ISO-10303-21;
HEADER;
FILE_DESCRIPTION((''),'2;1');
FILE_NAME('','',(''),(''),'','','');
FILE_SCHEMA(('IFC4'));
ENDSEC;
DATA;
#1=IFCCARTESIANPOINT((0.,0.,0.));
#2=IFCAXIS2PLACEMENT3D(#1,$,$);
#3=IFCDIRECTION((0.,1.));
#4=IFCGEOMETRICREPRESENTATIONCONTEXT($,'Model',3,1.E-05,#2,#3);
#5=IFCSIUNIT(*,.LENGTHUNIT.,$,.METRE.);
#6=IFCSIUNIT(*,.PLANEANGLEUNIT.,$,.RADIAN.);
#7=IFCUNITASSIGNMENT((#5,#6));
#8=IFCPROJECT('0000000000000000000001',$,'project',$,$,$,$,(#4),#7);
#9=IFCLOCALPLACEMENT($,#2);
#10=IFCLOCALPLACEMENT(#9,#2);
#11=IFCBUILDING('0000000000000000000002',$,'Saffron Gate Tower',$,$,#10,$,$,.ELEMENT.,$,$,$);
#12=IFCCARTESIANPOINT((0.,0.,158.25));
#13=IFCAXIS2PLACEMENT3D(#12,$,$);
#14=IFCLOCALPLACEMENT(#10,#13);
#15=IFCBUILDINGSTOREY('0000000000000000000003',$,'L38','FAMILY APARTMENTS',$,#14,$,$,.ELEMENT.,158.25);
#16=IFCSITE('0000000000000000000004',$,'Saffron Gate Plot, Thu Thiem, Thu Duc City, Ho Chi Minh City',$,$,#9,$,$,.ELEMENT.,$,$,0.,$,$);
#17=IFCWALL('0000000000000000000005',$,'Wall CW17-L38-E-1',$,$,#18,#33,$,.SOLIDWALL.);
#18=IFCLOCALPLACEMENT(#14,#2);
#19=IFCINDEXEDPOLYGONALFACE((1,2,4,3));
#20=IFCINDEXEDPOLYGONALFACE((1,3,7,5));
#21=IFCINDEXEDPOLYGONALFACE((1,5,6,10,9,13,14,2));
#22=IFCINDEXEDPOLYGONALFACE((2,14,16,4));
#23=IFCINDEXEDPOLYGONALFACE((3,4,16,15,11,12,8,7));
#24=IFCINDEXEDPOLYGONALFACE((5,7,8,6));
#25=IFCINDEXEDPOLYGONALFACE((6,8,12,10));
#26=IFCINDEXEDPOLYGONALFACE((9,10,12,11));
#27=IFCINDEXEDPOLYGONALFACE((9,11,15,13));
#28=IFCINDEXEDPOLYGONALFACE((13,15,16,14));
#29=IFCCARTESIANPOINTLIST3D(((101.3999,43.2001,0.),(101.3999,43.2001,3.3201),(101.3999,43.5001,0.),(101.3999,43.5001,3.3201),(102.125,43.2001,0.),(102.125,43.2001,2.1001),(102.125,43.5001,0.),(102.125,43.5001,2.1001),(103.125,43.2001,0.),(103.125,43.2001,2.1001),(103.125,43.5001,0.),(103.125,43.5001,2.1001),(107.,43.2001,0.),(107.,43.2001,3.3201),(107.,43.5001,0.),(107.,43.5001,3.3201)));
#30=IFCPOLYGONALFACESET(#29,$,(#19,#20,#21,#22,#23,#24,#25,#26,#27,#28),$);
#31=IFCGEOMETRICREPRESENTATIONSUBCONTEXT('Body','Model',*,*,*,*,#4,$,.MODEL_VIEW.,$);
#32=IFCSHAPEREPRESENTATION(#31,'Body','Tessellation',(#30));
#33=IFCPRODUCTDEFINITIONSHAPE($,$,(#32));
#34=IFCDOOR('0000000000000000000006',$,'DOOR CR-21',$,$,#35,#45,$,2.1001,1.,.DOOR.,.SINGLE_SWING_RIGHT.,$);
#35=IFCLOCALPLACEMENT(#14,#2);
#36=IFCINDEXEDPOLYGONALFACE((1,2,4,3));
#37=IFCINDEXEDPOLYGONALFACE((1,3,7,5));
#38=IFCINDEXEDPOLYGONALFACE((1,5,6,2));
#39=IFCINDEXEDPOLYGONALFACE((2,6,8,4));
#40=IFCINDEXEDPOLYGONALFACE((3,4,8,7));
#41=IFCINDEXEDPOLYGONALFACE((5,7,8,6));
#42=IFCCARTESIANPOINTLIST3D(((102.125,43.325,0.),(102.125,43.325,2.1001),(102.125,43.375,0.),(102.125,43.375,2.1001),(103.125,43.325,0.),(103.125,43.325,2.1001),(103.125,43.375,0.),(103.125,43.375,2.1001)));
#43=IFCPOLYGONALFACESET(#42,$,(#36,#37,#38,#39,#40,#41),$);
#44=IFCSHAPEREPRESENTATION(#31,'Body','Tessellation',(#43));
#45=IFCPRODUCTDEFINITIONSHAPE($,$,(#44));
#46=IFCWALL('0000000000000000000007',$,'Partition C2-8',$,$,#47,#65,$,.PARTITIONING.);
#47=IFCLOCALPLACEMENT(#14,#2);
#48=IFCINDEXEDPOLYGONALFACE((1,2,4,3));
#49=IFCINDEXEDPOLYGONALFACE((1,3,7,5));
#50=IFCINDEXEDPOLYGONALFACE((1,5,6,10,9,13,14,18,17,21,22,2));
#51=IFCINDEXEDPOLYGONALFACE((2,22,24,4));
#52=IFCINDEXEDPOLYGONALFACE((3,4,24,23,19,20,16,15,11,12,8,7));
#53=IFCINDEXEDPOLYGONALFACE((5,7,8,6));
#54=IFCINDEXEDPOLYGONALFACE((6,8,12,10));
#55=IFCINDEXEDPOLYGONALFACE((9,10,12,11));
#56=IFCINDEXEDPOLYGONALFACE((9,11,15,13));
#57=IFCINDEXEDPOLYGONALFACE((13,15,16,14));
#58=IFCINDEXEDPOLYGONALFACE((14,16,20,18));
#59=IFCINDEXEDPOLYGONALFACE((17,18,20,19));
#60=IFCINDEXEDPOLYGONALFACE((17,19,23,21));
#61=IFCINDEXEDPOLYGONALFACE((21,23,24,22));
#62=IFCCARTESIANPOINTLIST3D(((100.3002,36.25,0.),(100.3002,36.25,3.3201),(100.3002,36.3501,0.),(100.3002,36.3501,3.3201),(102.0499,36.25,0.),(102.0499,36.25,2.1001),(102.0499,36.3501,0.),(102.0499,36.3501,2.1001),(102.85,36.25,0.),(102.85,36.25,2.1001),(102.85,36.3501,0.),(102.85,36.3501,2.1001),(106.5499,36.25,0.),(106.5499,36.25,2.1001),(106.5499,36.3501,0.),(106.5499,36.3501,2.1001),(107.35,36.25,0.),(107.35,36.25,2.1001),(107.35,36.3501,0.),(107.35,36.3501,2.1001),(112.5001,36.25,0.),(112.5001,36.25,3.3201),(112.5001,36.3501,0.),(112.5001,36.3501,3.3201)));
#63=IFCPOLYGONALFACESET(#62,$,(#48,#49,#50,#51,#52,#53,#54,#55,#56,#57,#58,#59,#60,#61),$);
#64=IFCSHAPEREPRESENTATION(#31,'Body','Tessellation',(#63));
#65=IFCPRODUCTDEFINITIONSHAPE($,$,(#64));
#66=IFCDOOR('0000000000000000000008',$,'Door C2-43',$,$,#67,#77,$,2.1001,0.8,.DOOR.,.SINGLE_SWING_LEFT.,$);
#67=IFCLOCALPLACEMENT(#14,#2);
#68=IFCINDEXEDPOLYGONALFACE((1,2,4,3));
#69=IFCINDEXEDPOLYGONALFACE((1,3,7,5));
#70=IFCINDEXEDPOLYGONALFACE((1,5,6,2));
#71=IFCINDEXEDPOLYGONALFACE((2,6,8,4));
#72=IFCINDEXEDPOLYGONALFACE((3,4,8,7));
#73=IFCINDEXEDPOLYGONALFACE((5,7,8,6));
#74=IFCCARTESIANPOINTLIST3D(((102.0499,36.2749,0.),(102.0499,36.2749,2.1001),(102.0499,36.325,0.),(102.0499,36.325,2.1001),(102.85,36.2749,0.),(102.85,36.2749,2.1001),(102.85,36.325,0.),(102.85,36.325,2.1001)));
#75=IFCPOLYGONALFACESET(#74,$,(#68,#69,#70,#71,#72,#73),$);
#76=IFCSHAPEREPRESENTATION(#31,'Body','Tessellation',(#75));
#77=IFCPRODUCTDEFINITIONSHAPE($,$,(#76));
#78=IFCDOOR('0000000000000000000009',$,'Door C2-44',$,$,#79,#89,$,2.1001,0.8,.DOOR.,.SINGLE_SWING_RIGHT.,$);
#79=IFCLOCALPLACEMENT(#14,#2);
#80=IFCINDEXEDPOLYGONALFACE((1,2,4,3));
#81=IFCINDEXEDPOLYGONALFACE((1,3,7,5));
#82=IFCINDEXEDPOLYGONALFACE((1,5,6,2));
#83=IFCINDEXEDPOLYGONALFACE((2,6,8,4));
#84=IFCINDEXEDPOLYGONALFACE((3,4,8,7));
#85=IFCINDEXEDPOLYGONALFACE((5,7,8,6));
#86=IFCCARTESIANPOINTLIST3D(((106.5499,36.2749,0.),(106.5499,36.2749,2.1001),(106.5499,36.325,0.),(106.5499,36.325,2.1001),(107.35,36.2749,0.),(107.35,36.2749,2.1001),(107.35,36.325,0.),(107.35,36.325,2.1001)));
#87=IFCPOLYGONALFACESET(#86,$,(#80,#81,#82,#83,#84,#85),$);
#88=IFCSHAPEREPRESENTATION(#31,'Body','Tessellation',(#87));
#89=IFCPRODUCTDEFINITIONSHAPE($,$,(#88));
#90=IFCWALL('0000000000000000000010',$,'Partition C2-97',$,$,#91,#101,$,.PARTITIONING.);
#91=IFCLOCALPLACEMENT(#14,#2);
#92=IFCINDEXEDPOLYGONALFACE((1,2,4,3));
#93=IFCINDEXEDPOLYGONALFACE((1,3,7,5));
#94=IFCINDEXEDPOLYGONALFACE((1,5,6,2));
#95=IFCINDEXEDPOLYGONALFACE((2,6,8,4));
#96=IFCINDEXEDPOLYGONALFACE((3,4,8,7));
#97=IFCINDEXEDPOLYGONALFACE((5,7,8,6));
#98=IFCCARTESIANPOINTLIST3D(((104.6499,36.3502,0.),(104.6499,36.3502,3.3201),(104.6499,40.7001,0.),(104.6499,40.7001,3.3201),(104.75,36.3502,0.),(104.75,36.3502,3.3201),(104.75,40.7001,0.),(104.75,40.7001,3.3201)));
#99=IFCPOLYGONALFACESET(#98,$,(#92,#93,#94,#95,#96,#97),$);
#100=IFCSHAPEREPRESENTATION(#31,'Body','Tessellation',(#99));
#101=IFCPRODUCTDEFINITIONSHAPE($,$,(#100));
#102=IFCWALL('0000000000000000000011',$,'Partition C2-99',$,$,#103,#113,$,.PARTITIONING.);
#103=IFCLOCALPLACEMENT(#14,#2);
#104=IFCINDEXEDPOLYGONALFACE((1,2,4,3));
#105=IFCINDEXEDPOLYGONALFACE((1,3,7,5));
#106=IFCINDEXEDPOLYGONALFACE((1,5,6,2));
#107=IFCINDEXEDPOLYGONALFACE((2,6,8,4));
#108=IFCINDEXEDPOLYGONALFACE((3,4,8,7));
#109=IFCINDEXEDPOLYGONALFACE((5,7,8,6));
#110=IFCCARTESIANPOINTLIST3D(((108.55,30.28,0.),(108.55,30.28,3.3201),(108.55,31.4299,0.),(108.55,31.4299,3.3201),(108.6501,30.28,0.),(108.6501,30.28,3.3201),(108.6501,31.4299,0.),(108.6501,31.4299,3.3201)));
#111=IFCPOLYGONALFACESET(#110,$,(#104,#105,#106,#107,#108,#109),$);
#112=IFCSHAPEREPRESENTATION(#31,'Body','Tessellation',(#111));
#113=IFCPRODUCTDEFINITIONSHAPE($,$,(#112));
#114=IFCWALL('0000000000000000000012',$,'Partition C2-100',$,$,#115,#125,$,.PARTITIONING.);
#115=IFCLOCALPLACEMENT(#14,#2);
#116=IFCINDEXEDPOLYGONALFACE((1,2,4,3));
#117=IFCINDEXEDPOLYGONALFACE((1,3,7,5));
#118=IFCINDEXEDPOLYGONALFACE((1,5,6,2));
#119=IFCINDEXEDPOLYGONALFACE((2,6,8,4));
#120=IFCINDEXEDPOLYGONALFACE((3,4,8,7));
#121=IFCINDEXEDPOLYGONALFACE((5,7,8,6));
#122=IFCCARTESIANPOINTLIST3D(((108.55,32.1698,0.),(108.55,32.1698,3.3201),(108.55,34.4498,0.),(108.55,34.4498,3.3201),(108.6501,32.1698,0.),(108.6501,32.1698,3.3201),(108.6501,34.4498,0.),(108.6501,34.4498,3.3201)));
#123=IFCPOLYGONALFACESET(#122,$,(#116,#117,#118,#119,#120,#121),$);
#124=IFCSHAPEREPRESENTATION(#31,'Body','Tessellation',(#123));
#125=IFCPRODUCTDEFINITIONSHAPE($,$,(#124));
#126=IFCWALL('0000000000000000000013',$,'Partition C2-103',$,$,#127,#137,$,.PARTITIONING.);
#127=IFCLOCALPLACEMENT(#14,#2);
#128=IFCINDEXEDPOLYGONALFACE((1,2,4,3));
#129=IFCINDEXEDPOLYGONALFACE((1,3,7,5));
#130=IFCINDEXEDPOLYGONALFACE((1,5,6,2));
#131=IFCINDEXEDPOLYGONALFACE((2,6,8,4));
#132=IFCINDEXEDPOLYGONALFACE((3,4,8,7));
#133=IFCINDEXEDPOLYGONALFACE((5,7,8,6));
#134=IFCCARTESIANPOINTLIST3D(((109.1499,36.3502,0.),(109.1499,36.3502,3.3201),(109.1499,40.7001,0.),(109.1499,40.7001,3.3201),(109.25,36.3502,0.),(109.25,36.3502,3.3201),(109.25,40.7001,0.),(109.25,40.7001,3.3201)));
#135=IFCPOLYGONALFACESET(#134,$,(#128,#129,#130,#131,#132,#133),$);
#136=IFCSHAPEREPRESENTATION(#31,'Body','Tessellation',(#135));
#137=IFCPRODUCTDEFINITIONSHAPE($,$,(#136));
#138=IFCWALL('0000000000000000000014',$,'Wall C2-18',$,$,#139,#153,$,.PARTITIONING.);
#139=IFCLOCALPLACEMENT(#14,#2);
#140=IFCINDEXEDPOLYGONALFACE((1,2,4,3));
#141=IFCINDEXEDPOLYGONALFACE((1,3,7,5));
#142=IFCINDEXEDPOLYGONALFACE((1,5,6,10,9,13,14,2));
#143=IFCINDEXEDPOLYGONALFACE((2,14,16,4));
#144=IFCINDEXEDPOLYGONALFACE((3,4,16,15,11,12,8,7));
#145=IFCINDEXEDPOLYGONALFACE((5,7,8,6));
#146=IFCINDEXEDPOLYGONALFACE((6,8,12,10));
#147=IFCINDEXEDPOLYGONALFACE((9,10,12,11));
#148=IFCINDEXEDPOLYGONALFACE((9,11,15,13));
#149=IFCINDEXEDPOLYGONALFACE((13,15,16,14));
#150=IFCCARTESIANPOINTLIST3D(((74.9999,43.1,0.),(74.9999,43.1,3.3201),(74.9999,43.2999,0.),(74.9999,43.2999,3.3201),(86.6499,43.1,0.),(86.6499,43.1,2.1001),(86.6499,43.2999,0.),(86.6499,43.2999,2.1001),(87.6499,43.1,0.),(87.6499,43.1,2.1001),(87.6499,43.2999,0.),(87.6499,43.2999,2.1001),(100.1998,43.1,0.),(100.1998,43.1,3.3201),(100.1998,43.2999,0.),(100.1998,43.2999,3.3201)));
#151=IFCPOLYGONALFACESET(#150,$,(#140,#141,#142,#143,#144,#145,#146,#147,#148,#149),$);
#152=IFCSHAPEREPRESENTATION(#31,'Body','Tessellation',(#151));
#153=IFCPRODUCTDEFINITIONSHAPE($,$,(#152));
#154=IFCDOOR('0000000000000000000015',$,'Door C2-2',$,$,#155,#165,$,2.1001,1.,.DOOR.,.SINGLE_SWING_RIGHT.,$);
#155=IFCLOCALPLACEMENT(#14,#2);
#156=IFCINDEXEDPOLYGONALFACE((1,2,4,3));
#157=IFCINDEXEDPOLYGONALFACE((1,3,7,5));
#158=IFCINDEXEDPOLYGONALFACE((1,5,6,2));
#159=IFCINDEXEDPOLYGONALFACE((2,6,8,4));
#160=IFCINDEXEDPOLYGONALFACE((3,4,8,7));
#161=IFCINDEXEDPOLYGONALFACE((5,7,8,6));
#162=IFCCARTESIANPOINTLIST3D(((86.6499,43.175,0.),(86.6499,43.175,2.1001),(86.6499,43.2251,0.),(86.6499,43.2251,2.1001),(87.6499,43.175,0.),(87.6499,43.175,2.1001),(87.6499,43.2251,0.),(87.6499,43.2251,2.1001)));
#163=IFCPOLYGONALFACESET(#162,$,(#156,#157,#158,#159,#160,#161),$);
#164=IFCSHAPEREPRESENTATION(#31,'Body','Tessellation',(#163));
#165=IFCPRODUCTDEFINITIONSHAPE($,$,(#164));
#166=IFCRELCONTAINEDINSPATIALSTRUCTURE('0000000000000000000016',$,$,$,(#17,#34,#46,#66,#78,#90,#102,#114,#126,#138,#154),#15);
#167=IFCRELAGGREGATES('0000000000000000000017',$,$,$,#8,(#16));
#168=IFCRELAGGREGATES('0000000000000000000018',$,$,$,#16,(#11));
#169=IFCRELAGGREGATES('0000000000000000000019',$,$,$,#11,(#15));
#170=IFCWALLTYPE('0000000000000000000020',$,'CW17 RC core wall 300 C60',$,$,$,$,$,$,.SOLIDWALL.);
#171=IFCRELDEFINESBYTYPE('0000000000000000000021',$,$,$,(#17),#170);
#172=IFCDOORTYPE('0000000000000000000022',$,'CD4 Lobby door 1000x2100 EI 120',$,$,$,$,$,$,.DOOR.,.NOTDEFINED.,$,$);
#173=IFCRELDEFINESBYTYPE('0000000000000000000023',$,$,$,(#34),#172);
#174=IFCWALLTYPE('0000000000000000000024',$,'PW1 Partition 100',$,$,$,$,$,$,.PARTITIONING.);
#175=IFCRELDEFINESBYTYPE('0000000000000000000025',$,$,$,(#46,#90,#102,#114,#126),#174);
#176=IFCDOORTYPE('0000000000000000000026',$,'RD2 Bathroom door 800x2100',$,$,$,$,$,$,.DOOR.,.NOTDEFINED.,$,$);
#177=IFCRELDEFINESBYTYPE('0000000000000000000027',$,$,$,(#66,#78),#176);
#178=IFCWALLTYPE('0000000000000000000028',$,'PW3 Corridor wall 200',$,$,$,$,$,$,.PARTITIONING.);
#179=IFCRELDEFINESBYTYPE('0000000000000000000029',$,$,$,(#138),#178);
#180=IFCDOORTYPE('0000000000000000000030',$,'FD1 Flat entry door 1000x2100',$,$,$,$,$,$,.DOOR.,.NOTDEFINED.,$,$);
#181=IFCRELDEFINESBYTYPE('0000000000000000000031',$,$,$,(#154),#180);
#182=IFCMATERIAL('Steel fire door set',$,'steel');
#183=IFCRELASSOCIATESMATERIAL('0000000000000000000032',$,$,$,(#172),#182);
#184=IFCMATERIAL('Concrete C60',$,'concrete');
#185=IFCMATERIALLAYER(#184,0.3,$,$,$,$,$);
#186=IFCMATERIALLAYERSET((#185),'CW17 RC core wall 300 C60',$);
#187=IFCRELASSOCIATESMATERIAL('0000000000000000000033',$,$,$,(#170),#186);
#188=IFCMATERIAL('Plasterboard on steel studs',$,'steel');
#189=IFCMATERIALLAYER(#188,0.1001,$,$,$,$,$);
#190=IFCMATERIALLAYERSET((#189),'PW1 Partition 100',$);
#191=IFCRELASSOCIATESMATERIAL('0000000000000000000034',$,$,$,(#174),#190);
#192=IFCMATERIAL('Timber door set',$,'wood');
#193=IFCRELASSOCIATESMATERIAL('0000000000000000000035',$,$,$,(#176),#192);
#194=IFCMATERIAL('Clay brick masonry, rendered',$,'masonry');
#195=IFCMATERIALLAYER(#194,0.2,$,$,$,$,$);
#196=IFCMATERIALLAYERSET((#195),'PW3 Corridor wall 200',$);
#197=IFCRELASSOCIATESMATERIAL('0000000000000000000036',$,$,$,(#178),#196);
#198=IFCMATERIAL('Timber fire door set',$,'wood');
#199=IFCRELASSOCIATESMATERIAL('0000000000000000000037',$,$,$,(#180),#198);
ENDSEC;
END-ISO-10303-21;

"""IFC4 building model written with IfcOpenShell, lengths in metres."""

from ifc_helpers import new_model, si_unit, direction, frame, frame_2d, origin, place, context, subcontext, project, spatial, rectangle, extrude, material, layer, layer_set, type_object, element, fill, save


model = new_model("IFC4")

# Units and contexts
model_context = context("Model", 3, precision=1e-05, world=origin(), true_north=direction((0.0, 1.0)))
body_context = subcontext(model_context, "Body", "Model", "MODEL_VIEW")
ifc_project = project(units=[si_unit("LENGTHUNIT", "METRE"), si_unit("PLANEANGLEUNIT", "RADIAN")], contexts=[model_context])

# Site, building, storey
site_placement = place(None, origin())
site = spatial("IfcSite", under=ifc_project, at=site_placement, Name="Saffron Gate Plot, Thu Thiem, Thu Duc City, Ho Chi Minh City", CompositionType="ELEMENT", RefElevation=0.0)
building_placement = place(site_placement, origin())
building = spatial("IfcBuilding", under=site, at=building_placement, Name="Saffron Gate Tower", CompositionType="ELEMENT")
storey_placement = place(building_placement, frame((0.0, 0.0, 158.25)))
storey = spatial("IfcBuildingStorey", under=building, at=storey_placement, Name="L38", Description="FAMILY APARTMENTS", CompositionType="ELEMENT", Elevation=158.25)

# Wall, opening, door
ifc_material_1 = material(Name="Steel fire door set", Category="steel")
door_type_1 = type_object("IfcDoorType", Name="CD4 Lobby door 1000x2100 EI 120", OperationType="NOTDEFINED", PredefinedType="DOOR", material=ifc_material_1)
ifc_material_2 = material(Name="Concrete C60", Category="concrete")
ifc_layer_1 = layer(ifc_material_2, 0.3)
ifc_layer_set_1 = layer_set([ifc_layer_1], Name="CW17 RC core wall 300 C60")
wall_type_1 = type_object("IfcWallType", Name="CW17 RC core wall 300 C60", PredefinedType="SOLIDWALL", material=ifc_layer_set_1)
wall_1_placement = place(storey_placement, frame((101.3999, 43.3501, 0.0), z_axis=(0.0, 0.0, 1.0), x_axis=(1.0, 0.0, 0.0)))
wall_1 = element("IfcWall", 1, at=wall_1_placement, inside=storey, type_object=wall_type_1, Name="Wall CW17-L38-E-1", PredefinedType="SOLIDWALL", context=body_context, shape_type="SweptSolid", body=[
    extrude(rectangle(XDim=5.6001, YDim=0.3, at=frame_2d((2.8, 0.0))), origin(), (0.0, 0.0, 1.0), 3.3201),
])
opening_1_placement = place(wall_1_placement, frame((0.7251, 0.0, 0.0)))
opening_1 = element("IfcOpeningElement", 2, at=opening_1_placement, cuts=wall_1, PredefinedType="OPENING", context=body_context, shape_type="SweptSolid", body=[
    extrude(rectangle(XDim=1.0, YDim=2.1001, at=frame_2d((0.5, 1.05))), frame((0.0, 0.1602, 0.0), z_axis=(0.0, -1.0, 0.0), x_axis=(1.0, 0.0, 0.0)), (0.0, 0.0, 1.0), 0.3201),
])
door_1_placement = place(opening_1_placement, origin())
door_1 = element("IfcDoor", 3, at=door_1_placement, inside=storey, type_object=door_type_1, Name="DOOR CR-21", OperationType="SINGLE_SWING_RIGHT", OverallHeight=2.1001, OverallWidth=1.0, PredefinedType="DOOR", context=body_context, shape_type="SweptSolid", body=[
    extrude(rectangle(XDim=1.0, YDim=2.1001, at=frame_2d((0.5, 1.05))), frame((0.0, 0.0249, 0.0), z_axis=(0.0, -1.0, 0.0), x_axis=(1.0, 0.0, 0.0)), (0.0, 0.0, 1.0), 0.05),
])
fill(opening_1, door_1)

# Wall, openings, doors
ifc_material_3 = material(Name="Plasterboard on steel studs", Category="steel")
ifc_layer_2 = layer(ifc_material_3, 0.1001)
ifc_layer_set_2 = layer_set([ifc_layer_2], Name="PW1 Partition 100")
wall_type_2 = type_object("IfcWallType", Name="PW1 Partition 100", PredefinedType="PARTITIONING", material=ifc_layer_set_2)
wall_2_placement = place(storey_placement, frame((100.3, 36.3, 0.0), z_axis=(0.0, 0.0, 1.0), x_axis=(1.0, 0.0, 0.0)))
wall_2 = element("IfcWall", 4, at=wall_2_placement, inside=storey, type_object=wall_type_2, Name="Partition C2-8", PredefinedType="PARTITIONING", context=body_context, shape_type="SweptSolid", body=[
    extrude(rectangle(XDim=12.2, YDim=0.1001, at=frame_2d((6.1001, 0.0))), origin(), (0.0, 0.0, 1.0), 3.3201),
])
opening_2_placement = place(wall_2_placement, frame((1.75, 0.0, 0.0)))
opening_2 = element("IfcOpeningElement", 5, at=opening_2_placement, cuts=wall_2, PredefinedType="OPENING", context=body_context, shape_type="SweptSolid", body=[
    extrude(rectangle(XDim=0.8, YDim=2.1001, at=frame_2d((0.3999, 1.05))), frame((0.0, 0.0601, 0.0), z_axis=(0.0, -1.0, 0.0), x_axis=(1.0, 0.0, 0.0)), (0.0, 0.0, 1.0), 0.1201),
])
opening_3_placement = place(wall_2_placement, frame((6.25, 0.0, 0.0)))
opening_3 = element("IfcOpeningElement", 6, at=opening_3_placement, cuts=wall_2, PredefinedType="OPENING", context=body_context, shape_type="SweptSolid", body=[
    extrude(rectangle(XDim=0.8, YDim=2.1001, at=frame_2d((0.3999, 1.05))), frame((0.0, 0.0601, 0.0), z_axis=(0.0, -1.0, 0.0), x_axis=(1.0, 0.0, 0.0)), (0.0, 0.0, 1.0), 0.1201),
])
ifc_material_4 = material(Name="Timber door set", Category="wood")
door_type_2 = type_object("IfcDoorType", Name="RD2 Bathroom door 800x2100", OperationType="NOTDEFINED", PredefinedType="DOOR", material=ifc_material_4)
door_2_placement = place(opening_2_placement, origin())
door_2 = element("IfcDoor", 7, at=door_2_placement, inside=storey, type_object=door_type_2, Name="Door C2-43", OperationType="SINGLE_SWING_LEFT", OverallHeight=2.1001, OverallWidth=0.8, PredefinedType="DOOR", context=body_context, shape_type="SweptSolid", body=[
    extrude(rectangle(XDim=0.8, YDim=2.1001, at=frame_2d((0.3999, 1.05))), frame((0.0, 0.0249, 0.0), z_axis=(0.0, -1.0, 0.0), x_axis=(1.0, 0.0, 0.0)), (0.0, 0.0, 1.0), 0.05),
])
fill(opening_2, door_2)
door_3_placement = place(opening_3_placement, origin())
door_3 = element("IfcDoor", 8, at=door_3_placement, inside=storey, type_object=door_type_2, Name="Door C2-44", OperationType="SINGLE_SWING_RIGHT", OverallHeight=2.1001, OverallWidth=0.8, PredefinedType="DOOR", context=body_context, shape_type="SweptSolid", body=[
    extrude(rectangle(XDim=0.8, YDim=2.1001, at=frame_2d((0.3999, 1.05))), frame((0.0, 0.0249, 0.0), z_axis=(0.0, -1.0, 0.0), x_axis=(1.0, 0.0, 0.0)), (0.0, 0.0, 1.0), 0.05),
])
fill(opening_3, door_3)

# Walls
wall_3_placement = place(storey_placement, frame((104.7, 40.7, 0.0), z_axis=(0.0, 0.0, 1.0), x_axis=(0.0, -1.0, 0.0)))
element("IfcWall", 9, at=wall_3_placement, inside=storey, type_object=wall_type_2, Name="Partition C2-97", PredefinedType="PARTITIONING", context=body_context, shape_type="SweptSolid", body=[
    extrude(rectangle(XDim=4.3499, YDim=0.1001, at=frame_2d((2.1748, 0.0))), origin(), (0.0, 0.0, 1.0), 3.3201),
])
wall_4_placement = place(storey_placement, frame((108.6001, 31.4299, 0.0), z_axis=(0.0, 0.0, 1.0), x_axis=(0.0, -1.0, 0.0)))
element("IfcWall", 10, at=wall_4_placement, inside=storey, type_object=wall_type_2, Name="Partition C2-99", PredefinedType="PARTITIONING", context=body_context, shape_type="SweptSolid", body=[
    extrude(rectangle(XDim=1.1499, YDim=0.1001, at=frame_2d((0.575, 0.0))), origin(), (0.0, 0.0, 1.0), 3.3201),
])
wall_5_placement = place(storey_placement, frame((108.6001, 34.45, 0.0), z_axis=(0.0, 0.0, 1.0), x_axis=(0.0, -1.0, 0.0)))
element("IfcWall", 11, at=wall_5_placement, inside=storey, type_object=wall_type_2, Name="Partition C2-100", PredefinedType="PARTITIONING", context=body_context, shape_type="SweptSolid", body=[
    extrude(rectangle(XDim=2.28, YDim=0.1001, at=frame_2d((1.1401, 0.0))), origin(), (0.0, 0.0, 1.0), 3.3201),
])
wall_6_placement = place(storey_placement, frame((109.2, 40.7, 0.0), z_axis=(0.0, 0.0, 1.0), x_axis=(0.0, -1.0, 0.0)))
element("IfcWall", 12, at=wall_6_placement, inside=storey, type_object=wall_type_2, Name="Partition C2-103", PredefinedType="PARTITIONING", context=body_context, shape_type="SweptSolid", body=[
    extrude(rectangle(XDim=4.3499, YDim=0.1001, at=frame_2d((2.1748, 0.0))), origin(), (0.0, 0.0, 1.0), 3.3201),
])

# Wall, opening, door
ifc_material_5 = material(Name="Clay brick masonry, rendered", Category="masonry")
ifc_layer_3 = layer(ifc_material_5, 0.2)
ifc_layer_set_3 = layer_set([ifc_layer_3], Name="PW3 Corridor wall 200")
wall_type_3 = type_object("IfcWallType", Name="PW3 Corridor wall 200", PredefinedType="PARTITIONING", material=ifc_layer_set_3)
wall_7_placement = place(storey_placement, frame((100.2, 43.2, 0.0), z_axis=(0.0, 0.0, 1.0), x_axis=(-1.0, 0.0, 0.0)))
wall_7 = element("IfcWall", 13, at=wall_7_placement, inside=storey, type_object=wall_type_3, Name="Wall C2-18", PredefinedType="PARTITIONING", context=body_context, shape_type="SweptSolid", body=[
    extrude(rectangle(XDim=25.2, YDim=0.2, at=frame_2d((12.6001, 0.0))), origin(), (0.0, 0.0, 1.0), 3.3201),
])
opening_4_placement = place(wall_7_placement, frame((12.55, 0.0, 0.0)))
opening_4 = element("IfcOpeningElement", 14, at=opening_4_placement, cuts=wall_7, PredefinedType="OPENING", context=body_context, shape_type="SweptSolid", body=[
    extrude(rectangle(XDim=1.0, YDim=2.1001, at=frame_2d((0.5, 1.05))), frame((0.0, 0.1099, 0.0), z_axis=(0.0, -1.0, 0.0), x_axis=(1.0, 0.0, 0.0)), (0.0, 0.0, 1.0), 0.22),
])
ifc_material_6 = material(Name="Timber fire door set", Category="wood")
door_type_3 = type_object("IfcDoorType", Name="FD1 Flat entry door 1000x2100", OperationType="NOTDEFINED", PredefinedType="DOOR", material=ifc_material_6)
door_4_placement = place(opening_4_placement, origin())
door_4 = element("IfcDoor", 15, at=door_4_placement, inside=storey, type_object=door_type_3, Name="Door C2-2", OperationType="SINGLE_SWING_RIGHT", OverallHeight=2.1001, OverallWidth=1.0, PredefinedType="DOOR", context=body_context, shape_type="SweptSolid", body=[
    extrude(rectangle(XDim=1.0, YDim=2.1001, at=frame_2d((0.5, 1.05))), frame((0.0, 0.0249, 0.0), z_axis=(0.0, -1.0, 0.0), x_axis=(1.0, 0.0, 0.0)), (0.0, 0.0, 1.0), 0.05),
])
fill(opening_4, door_4)

save(model, "model.ifc")
